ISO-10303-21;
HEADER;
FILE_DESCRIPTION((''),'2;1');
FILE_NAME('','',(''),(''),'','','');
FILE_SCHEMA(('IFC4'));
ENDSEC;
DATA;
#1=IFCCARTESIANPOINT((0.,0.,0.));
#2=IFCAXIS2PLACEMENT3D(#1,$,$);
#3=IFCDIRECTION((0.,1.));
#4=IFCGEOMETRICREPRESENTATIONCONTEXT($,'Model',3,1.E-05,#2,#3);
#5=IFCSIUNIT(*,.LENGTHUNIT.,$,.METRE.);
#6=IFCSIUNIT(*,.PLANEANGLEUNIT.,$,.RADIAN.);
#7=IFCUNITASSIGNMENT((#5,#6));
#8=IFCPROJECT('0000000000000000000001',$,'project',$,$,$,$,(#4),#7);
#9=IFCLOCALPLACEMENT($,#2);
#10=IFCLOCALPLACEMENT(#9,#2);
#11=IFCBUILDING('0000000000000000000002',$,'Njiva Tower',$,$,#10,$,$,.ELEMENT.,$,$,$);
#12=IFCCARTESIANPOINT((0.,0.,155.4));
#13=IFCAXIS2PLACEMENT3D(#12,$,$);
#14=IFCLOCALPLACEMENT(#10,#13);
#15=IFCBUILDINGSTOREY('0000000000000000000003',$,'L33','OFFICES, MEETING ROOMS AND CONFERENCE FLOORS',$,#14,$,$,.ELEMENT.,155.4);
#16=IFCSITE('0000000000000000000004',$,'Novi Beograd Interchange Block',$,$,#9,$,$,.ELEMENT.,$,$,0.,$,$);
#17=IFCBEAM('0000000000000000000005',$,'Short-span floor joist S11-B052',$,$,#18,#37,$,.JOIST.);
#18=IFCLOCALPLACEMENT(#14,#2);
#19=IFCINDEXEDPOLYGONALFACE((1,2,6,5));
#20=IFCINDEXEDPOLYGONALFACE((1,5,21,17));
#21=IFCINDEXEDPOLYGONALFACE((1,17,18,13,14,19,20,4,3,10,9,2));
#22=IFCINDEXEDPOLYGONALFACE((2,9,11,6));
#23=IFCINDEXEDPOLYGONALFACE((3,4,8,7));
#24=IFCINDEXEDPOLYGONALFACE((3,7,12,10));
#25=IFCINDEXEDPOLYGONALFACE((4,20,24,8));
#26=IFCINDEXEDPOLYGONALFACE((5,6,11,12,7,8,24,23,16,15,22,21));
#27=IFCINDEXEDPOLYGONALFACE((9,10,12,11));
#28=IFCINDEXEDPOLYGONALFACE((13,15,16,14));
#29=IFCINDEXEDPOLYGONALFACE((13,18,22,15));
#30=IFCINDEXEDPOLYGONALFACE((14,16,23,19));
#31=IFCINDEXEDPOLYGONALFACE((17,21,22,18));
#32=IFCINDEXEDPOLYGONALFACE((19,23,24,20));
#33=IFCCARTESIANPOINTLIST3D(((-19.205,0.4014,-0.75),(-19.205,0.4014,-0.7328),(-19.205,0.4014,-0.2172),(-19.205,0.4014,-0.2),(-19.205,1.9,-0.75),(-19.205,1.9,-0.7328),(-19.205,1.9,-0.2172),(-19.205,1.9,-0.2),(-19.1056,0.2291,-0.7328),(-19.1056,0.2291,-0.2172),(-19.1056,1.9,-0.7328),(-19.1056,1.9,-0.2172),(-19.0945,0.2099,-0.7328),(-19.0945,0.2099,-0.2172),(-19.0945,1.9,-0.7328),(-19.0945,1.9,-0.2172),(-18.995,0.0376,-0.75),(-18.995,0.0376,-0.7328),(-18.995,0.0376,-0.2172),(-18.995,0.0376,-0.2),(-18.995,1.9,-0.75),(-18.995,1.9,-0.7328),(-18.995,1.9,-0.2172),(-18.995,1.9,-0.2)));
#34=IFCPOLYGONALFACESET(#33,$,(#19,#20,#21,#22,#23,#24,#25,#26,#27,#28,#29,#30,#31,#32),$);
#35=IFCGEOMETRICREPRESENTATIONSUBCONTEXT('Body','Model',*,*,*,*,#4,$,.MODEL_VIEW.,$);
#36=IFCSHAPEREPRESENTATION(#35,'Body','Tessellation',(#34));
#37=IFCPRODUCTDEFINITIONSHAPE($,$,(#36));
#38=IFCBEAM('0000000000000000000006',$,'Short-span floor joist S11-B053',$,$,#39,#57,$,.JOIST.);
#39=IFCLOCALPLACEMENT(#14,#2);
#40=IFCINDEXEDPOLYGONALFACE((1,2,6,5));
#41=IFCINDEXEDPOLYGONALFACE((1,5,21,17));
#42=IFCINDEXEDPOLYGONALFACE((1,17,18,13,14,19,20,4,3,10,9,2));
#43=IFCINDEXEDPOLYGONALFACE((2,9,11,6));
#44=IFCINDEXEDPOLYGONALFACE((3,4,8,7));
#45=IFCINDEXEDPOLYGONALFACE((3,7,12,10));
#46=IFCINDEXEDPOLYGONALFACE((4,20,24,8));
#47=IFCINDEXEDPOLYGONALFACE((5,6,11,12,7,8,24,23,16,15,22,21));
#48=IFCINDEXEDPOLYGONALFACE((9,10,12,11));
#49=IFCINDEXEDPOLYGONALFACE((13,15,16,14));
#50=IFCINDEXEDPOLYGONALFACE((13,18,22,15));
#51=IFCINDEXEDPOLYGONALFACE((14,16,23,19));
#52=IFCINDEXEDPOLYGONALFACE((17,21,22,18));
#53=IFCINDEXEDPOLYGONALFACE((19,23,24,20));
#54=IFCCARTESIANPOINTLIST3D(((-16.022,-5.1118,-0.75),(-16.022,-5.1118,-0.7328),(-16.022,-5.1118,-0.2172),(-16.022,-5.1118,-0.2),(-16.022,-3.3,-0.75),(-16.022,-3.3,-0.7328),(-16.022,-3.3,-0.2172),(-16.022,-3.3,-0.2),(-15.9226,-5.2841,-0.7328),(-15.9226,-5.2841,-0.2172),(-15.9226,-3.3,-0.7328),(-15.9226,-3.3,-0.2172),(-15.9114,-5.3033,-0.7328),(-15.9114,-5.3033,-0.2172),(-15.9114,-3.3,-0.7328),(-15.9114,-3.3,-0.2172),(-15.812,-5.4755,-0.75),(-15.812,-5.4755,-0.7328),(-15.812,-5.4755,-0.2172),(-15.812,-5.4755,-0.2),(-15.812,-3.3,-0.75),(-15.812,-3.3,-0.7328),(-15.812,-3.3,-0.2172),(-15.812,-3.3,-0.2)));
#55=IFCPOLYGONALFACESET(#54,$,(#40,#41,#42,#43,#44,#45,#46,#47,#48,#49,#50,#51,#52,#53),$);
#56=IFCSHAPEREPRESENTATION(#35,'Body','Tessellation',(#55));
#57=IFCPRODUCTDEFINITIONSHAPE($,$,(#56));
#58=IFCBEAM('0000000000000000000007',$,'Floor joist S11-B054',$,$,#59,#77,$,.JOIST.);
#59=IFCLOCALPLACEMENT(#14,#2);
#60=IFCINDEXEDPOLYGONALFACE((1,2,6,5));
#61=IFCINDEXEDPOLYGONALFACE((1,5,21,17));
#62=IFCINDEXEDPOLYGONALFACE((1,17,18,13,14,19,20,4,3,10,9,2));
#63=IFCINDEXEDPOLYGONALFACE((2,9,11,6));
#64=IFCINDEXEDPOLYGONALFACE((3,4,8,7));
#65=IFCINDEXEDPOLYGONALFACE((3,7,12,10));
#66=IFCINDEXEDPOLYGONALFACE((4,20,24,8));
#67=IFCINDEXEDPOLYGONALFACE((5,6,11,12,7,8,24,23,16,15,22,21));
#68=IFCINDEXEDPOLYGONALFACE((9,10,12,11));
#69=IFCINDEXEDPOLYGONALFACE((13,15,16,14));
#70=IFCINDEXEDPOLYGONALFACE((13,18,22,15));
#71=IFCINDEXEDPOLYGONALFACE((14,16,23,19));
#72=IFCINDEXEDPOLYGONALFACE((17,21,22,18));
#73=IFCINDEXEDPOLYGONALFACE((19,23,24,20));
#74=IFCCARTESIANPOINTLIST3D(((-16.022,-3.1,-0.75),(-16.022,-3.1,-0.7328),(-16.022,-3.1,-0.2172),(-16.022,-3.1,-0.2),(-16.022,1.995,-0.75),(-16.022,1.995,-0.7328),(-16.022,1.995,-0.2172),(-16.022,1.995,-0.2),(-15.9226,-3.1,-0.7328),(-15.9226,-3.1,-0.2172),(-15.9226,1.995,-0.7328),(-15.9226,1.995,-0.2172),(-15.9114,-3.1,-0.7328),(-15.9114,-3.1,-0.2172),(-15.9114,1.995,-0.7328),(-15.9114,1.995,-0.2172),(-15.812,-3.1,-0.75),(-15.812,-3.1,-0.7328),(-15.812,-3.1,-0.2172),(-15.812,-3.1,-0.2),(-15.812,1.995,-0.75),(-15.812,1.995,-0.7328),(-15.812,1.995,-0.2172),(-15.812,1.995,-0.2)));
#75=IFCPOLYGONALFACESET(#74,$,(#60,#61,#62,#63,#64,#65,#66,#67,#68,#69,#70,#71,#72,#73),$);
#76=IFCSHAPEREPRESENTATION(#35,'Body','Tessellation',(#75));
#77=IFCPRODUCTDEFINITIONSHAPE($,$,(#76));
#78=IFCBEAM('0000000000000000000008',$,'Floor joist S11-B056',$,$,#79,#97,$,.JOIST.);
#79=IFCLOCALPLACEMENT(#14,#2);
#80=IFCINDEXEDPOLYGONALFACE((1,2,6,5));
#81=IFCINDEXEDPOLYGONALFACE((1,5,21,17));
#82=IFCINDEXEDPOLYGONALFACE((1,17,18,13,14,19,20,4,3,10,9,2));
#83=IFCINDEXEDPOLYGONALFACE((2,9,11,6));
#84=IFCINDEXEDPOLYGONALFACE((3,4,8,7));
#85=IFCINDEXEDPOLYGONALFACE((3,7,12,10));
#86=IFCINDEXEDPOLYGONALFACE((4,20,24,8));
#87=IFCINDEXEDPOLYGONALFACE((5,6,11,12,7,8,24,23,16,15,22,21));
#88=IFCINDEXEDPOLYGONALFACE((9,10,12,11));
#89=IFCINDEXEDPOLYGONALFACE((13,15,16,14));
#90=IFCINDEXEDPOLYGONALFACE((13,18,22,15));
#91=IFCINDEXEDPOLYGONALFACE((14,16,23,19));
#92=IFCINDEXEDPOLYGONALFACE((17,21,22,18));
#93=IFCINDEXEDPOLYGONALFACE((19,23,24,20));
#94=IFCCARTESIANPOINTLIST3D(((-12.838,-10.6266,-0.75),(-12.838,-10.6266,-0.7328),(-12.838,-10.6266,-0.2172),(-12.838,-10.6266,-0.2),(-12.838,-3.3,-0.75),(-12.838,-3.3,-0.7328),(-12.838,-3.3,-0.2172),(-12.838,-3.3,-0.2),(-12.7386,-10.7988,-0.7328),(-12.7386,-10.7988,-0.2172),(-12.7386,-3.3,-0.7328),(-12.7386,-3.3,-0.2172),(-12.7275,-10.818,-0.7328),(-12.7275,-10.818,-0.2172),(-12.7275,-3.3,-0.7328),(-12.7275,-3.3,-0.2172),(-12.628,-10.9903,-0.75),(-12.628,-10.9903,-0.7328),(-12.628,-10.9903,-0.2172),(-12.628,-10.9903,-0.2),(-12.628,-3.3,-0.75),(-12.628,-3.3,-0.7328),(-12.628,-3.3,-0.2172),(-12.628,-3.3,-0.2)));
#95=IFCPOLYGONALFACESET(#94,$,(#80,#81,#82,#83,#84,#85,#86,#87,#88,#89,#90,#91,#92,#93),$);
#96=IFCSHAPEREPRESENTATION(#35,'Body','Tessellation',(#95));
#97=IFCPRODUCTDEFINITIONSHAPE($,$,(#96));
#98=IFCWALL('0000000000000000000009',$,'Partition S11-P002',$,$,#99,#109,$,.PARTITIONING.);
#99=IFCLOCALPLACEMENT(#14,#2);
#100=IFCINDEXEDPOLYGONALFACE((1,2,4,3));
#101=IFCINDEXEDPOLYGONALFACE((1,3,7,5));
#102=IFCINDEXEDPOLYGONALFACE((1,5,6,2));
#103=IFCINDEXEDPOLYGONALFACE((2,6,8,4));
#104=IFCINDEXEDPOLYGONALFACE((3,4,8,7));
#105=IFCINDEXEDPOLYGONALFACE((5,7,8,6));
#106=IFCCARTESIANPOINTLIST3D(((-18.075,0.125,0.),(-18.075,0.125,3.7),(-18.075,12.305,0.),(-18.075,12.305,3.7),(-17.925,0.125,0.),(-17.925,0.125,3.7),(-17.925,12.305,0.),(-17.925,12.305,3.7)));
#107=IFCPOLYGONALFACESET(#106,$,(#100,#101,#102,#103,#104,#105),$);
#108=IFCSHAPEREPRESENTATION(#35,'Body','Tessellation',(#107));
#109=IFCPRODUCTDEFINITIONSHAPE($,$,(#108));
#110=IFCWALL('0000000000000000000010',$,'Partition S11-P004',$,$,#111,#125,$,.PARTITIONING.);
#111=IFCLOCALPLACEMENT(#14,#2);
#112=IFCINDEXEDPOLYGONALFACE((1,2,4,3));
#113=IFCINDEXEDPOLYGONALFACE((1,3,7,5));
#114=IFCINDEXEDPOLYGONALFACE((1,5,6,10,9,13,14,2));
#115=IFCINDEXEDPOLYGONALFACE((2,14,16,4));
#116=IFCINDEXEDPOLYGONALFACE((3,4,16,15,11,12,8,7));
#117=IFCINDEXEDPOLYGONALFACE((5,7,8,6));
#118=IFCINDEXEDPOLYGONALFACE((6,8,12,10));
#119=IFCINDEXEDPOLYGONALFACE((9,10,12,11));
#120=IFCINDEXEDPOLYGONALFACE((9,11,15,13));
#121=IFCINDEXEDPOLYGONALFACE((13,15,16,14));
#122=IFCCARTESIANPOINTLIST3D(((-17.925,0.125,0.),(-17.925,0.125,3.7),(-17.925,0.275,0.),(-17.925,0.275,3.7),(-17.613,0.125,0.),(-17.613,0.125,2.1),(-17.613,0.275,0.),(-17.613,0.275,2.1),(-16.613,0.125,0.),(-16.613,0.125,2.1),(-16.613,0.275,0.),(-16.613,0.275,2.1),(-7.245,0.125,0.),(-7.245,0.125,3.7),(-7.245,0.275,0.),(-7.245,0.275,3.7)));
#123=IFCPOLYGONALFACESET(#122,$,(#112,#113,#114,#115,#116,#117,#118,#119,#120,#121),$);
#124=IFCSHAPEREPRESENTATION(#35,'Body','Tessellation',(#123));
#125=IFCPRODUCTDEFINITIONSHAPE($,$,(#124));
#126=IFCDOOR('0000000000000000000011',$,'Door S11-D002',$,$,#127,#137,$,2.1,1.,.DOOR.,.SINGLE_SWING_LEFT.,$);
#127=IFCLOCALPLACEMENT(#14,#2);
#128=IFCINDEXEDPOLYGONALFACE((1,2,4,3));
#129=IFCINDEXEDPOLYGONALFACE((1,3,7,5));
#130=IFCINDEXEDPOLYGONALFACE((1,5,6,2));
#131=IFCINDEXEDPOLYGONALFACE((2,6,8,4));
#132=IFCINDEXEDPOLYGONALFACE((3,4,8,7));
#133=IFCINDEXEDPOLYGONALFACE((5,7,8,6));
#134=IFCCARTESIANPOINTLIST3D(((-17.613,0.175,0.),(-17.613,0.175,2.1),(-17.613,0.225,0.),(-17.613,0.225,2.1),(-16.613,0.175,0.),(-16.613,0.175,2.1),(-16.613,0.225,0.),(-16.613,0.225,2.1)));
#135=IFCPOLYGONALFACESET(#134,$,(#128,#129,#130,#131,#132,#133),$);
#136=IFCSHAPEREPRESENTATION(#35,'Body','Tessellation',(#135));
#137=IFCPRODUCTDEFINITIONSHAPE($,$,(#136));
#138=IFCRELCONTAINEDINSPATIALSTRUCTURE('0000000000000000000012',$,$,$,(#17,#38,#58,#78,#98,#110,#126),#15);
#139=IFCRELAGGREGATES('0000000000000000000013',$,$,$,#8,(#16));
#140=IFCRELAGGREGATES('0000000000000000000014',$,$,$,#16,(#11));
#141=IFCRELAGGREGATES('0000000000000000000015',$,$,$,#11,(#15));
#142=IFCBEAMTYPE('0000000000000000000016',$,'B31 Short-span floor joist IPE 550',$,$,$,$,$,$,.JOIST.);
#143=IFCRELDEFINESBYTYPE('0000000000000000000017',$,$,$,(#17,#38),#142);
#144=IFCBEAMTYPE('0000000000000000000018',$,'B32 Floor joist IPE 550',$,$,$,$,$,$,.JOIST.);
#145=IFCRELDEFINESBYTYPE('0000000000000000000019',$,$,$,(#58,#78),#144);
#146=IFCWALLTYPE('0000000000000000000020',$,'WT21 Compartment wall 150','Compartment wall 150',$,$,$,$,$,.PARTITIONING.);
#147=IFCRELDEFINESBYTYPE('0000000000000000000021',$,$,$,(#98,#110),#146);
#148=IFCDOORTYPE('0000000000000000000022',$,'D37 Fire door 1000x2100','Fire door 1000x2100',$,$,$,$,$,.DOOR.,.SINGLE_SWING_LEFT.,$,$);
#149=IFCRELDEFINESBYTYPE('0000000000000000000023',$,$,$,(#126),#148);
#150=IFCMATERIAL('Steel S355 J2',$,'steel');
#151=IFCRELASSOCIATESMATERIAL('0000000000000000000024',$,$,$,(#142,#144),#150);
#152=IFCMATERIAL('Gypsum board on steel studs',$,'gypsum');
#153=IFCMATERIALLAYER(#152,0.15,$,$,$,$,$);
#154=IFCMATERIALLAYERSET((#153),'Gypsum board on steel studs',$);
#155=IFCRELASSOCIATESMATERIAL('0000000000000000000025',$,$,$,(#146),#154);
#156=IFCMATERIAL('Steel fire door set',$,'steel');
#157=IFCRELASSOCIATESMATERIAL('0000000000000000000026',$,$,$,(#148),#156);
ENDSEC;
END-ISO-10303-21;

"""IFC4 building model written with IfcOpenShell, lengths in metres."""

from ifc_helpers import new_model, si_unit, direction, frame, frame_2d, origin, origin_2d, place, context, subcontext, project, spatial, rectangle, i_section, extrude, clip, halfspace, material, layer, layer_set, material_profile, profile_set, type_object, element, fill, save


model = new_model("IFC4")

# Units and contexts
model_context = context("Model", 3, precision=1e-05, world=origin(), true_north=direction((0.0, 1.0)))
body_context = subcontext(model_context, "Body", "Model", "MODEL_VIEW")
ifc_project = project(units=[si_unit("LENGTHUNIT", "METRE"), si_unit("PLANEANGLEUNIT", "RADIAN")], contexts=[model_context])

# Site, building, storey
site_placement = place(None, origin())
site = spatial("IfcSite", under=ifc_project, at=site_placement, Name="Novi Beograd Interchange Block", CompositionType="ELEMENT", RefElevation=0.0)
building_placement = place(site_placement, origin())
building = spatial("IfcBuilding", under=site, at=building_placement, Name="Njiva Tower", CompositionType="ELEMENT")
storey_placement = place(building_placement, frame((0.0, 0.0, 155.4)))
storey = spatial("IfcBuildingStorey", under=building, at=storey_placement, Name="L33", Description="OFFICES, MEETING ROOMS AND CONFERENCE FLOORS", CompositionType="ELEMENT", Elevation=155.4)

# Shared definitions
ifc_material_1 = material(Name="Steel S355 J2", Category="steel")

# Beams
ifc_material_profile_1 = material_profile(ifc_material_1, i_section(OverallWidth=0.21, OverallDepth=0.55, WebThickness=0.0111, FlangeThickness=0.0172, at=origin_2d()), Name="IPE 550")
ifc_profile_set_1 = profile_set([ifc_material_profile_1], Name="Steel S355 J2")
beam_type_1 = type_object("IfcBeamType", Name="B31 Short-span floor joist IPE 550", PredefinedType="JOIST", material=ifc_profile_set_1)
beam_1_placement = place(storey_placement, frame((-19.1, 1.9, -0.475), z_axis=(0.0, -1.0, 0.0), x_axis=(1.0, 0.0, 0.0)))
element("IfcBeam", 1, at=beam_1_placement, inside=storey, type_object=beam_type_1, Name="Short-span floor joist S11-B052", PredefinedType="JOIST", context=body_context, shape_type="Clipping", body=[
    clip(extrude(i_section(OverallWidth=0.21, OverallDepth=0.55, WebThickness=0.0111, FlangeThickness=0.0172, at=origin_2d()), origin(), (0.0, 0.0, 1.0), 1.883), halfspace(frame((-0.0433, 0.0, 1.6055), z_axis=(-0.866027, 0.0, 0.499998), x_axis=(0.0, 1.0, 0.0)), False)),
])
beam_2_placement = place(storey_placement, frame((-15.917, -3.3, -0.475), z_axis=(0.0, -1.0, 0.0), x_axis=(1.0, 0.0, 0.0)))
element("IfcBeam", 2, at=beam_2_placement, inside=storey, type_object=beam_type_1, Name="Short-span floor joist S11-B053", PredefinedType="JOIST", context=body_context, shape_type="Clipping", body=[
    clip(extrude(i_section(OverallWidth=0.21, OverallDepth=0.55, WebThickness=0.0111, FlangeThickness=0.0172, at=origin_2d()), origin(), (0.0, 0.0, 1.0), 2.196), halfspace(frame((-0.043, 0.0, 1.9192), z_axis=(-0.866027, 0.0, 0.499998), x_axis=(0.0, 1.0, 0.0)), False)),
])
ifc_material_profile_2 = material_profile(ifc_material_1, i_section(OverallWidth=0.21, OverallDepth=0.55, WebThickness=0.0111, FlangeThickness=0.0172, at=origin_2d()), Name="IPE 550")
ifc_profile_set_2 = profile_set([ifc_material_profile_2], Name="Steel S355 J2")
beam_type_2 = type_object("IfcBeamType", Name="B32 Floor joist IPE 550", PredefinedType="JOIST", material=ifc_profile_set_2)
beam_3_placement = place(storey_placement, frame((-15.917, 1.995, -0.475), z_axis=(0.0, -1.0, 0.0), x_axis=(1.0, 0.0, 0.0)))
element("IfcBeam", 3, at=beam_3_placement, inside=storey, type_object=beam_type_2, Name="Floor joist S11-B054", PredefinedType="JOIST", context=body_context, shape_type="SweptSolid", body=[
    extrude(i_section(OverallWidth=0.21, OverallDepth=0.55, WebThickness=0.0111, FlangeThickness=0.0172, at=origin_2d()), origin(), (0.0, 0.0, 1.0), 5.095),
])
beam_4_placement = place(storey_placement, frame((-12.733, -3.3, -0.475), z_axis=(0.0, -1.0, 0.0), x_axis=(1.0, 0.0, 0.0)))
element("IfcBeam", 4, at=beam_4_placement, inside=storey, type_object=beam_type_2, Name="Floor joist S11-B056", PredefinedType="JOIST", context=body_context, shape_type="Clipping", body=[
    clip(extrude(i_section(OverallWidth=0.21, OverallDepth=0.55, WebThickness=0.0111, FlangeThickness=0.0172, at=origin_2d()), origin(), (0.0, 0.0, 1.0), 7.71), halfspace(frame((-0.0436, 0.0, 7.4329), z_axis=(-0.866027, 0.0, 0.499998), x_axis=(0.0, 1.0, 0.0)), False)),
])

# Wall
ifc_material_2 = material(Name="Gypsum board on steel studs", Category="gypsum")
ifc_layer = layer(ifc_material_2, 0.15)
ifc_layer_set = layer_set([ifc_layer], Name="Gypsum board on steel studs")
wall_type = type_object("IfcWallType", Name="WT21 Compartment wall 150", Description="Compartment wall 150", PredefinedType="PARTITIONING", material=ifc_layer_set)
wall_1_placement = place(storey_placement, frame((-18.0, 0.125, 0.0), z_axis=(0.0, 0.0, 1.0), x_axis=(0.0, 1.0, 0.0)))
element("IfcWall", 5, at=wall_1_placement, inside=storey, type_object=wall_type, Name="Partition S11-P002", PredefinedType="PARTITIONING", context=body_context, shape_type="SweptSolid", body=[
    extrude(rectangle(XDim=12.18, YDim=0.15, at=frame_2d((6.09, 0.0))), origin(), (0.0, 0.0, 1.0), 3.7),
])

# Wall, opening, door
wall_2_placement = place(storey_placement, frame((-17.925, 0.2, 0.0), z_axis=(0.0, 0.0, 1.0), x_axis=(1.0, 0.0, 0.0)))
wall_2 = element("IfcWall", 6, at=wall_2_placement, inside=storey, type_object=wall_type, Name="Partition S11-P004", PredefinedType="PARTITIONING", context=body_context, shape_type="SweptSolid", body=[
    extrude(rectangle(XDim=10.68, YDim=0.15, at=frame_2d((5.34, 0.0))), origin(), (0.0, 0.0, 1.0), 3.7),
])
opening_placement = place(wall_2_placement, frame((0.312, 0.0, 0.0)))
opening = element("IfcOpeningElement", 7, at=opening_placement, cuts=wall_2, PredefinedType="OPENING", context=body_context, shape_type="SweptSolid", body=[
    extrude(rectangle(XDim=1.0, YDim=2.1, at=frame_2d((0.5, 1.05))), frame((0.0, 0.085, 0.0), z_axis=(0.0, -1.0, 0.0), x_axis=(1.0, 0.0, 0.0)), (0.0, 0.0, 1.0), 0.17),
])
ifc_material_3 = material(Name="Steel fire door set", Category="steel")
door_type = type_object("IfcDoorType", Name="D37 Fire door 1000x2100", Description="Fire door 1000x2100", OperationType="SINGLE_SWING_LEFT", PredefinedType="DOOR", material=ifc_material_3)
door_placement = place(opening_placement, origin())
door = element("IfcDoor", 8, at=door_placement, inside=storey, type_object=door_type, Name="Door S11-D002", OperationType="SINGLE_SWING_LEFT", OverallHeight=2.1, OverallWidth=1.0, PredefinedType="DOOR", context=body_context, shape_type="SweptSolid", body=[
    extrude(rectangle(XDim=1.0, YDim=2.1, at=frame_2d((0.5, 1.05))), frame((0.0, 0.025, 0.0), z_axis=(0.0, -1.0, 0.0), x_axis=(1.0, 0.0, 0.0)), (0.0, 0.0, 1.0), 0.05),
])
fill(opening, door)

save(model, "model.ifc")
